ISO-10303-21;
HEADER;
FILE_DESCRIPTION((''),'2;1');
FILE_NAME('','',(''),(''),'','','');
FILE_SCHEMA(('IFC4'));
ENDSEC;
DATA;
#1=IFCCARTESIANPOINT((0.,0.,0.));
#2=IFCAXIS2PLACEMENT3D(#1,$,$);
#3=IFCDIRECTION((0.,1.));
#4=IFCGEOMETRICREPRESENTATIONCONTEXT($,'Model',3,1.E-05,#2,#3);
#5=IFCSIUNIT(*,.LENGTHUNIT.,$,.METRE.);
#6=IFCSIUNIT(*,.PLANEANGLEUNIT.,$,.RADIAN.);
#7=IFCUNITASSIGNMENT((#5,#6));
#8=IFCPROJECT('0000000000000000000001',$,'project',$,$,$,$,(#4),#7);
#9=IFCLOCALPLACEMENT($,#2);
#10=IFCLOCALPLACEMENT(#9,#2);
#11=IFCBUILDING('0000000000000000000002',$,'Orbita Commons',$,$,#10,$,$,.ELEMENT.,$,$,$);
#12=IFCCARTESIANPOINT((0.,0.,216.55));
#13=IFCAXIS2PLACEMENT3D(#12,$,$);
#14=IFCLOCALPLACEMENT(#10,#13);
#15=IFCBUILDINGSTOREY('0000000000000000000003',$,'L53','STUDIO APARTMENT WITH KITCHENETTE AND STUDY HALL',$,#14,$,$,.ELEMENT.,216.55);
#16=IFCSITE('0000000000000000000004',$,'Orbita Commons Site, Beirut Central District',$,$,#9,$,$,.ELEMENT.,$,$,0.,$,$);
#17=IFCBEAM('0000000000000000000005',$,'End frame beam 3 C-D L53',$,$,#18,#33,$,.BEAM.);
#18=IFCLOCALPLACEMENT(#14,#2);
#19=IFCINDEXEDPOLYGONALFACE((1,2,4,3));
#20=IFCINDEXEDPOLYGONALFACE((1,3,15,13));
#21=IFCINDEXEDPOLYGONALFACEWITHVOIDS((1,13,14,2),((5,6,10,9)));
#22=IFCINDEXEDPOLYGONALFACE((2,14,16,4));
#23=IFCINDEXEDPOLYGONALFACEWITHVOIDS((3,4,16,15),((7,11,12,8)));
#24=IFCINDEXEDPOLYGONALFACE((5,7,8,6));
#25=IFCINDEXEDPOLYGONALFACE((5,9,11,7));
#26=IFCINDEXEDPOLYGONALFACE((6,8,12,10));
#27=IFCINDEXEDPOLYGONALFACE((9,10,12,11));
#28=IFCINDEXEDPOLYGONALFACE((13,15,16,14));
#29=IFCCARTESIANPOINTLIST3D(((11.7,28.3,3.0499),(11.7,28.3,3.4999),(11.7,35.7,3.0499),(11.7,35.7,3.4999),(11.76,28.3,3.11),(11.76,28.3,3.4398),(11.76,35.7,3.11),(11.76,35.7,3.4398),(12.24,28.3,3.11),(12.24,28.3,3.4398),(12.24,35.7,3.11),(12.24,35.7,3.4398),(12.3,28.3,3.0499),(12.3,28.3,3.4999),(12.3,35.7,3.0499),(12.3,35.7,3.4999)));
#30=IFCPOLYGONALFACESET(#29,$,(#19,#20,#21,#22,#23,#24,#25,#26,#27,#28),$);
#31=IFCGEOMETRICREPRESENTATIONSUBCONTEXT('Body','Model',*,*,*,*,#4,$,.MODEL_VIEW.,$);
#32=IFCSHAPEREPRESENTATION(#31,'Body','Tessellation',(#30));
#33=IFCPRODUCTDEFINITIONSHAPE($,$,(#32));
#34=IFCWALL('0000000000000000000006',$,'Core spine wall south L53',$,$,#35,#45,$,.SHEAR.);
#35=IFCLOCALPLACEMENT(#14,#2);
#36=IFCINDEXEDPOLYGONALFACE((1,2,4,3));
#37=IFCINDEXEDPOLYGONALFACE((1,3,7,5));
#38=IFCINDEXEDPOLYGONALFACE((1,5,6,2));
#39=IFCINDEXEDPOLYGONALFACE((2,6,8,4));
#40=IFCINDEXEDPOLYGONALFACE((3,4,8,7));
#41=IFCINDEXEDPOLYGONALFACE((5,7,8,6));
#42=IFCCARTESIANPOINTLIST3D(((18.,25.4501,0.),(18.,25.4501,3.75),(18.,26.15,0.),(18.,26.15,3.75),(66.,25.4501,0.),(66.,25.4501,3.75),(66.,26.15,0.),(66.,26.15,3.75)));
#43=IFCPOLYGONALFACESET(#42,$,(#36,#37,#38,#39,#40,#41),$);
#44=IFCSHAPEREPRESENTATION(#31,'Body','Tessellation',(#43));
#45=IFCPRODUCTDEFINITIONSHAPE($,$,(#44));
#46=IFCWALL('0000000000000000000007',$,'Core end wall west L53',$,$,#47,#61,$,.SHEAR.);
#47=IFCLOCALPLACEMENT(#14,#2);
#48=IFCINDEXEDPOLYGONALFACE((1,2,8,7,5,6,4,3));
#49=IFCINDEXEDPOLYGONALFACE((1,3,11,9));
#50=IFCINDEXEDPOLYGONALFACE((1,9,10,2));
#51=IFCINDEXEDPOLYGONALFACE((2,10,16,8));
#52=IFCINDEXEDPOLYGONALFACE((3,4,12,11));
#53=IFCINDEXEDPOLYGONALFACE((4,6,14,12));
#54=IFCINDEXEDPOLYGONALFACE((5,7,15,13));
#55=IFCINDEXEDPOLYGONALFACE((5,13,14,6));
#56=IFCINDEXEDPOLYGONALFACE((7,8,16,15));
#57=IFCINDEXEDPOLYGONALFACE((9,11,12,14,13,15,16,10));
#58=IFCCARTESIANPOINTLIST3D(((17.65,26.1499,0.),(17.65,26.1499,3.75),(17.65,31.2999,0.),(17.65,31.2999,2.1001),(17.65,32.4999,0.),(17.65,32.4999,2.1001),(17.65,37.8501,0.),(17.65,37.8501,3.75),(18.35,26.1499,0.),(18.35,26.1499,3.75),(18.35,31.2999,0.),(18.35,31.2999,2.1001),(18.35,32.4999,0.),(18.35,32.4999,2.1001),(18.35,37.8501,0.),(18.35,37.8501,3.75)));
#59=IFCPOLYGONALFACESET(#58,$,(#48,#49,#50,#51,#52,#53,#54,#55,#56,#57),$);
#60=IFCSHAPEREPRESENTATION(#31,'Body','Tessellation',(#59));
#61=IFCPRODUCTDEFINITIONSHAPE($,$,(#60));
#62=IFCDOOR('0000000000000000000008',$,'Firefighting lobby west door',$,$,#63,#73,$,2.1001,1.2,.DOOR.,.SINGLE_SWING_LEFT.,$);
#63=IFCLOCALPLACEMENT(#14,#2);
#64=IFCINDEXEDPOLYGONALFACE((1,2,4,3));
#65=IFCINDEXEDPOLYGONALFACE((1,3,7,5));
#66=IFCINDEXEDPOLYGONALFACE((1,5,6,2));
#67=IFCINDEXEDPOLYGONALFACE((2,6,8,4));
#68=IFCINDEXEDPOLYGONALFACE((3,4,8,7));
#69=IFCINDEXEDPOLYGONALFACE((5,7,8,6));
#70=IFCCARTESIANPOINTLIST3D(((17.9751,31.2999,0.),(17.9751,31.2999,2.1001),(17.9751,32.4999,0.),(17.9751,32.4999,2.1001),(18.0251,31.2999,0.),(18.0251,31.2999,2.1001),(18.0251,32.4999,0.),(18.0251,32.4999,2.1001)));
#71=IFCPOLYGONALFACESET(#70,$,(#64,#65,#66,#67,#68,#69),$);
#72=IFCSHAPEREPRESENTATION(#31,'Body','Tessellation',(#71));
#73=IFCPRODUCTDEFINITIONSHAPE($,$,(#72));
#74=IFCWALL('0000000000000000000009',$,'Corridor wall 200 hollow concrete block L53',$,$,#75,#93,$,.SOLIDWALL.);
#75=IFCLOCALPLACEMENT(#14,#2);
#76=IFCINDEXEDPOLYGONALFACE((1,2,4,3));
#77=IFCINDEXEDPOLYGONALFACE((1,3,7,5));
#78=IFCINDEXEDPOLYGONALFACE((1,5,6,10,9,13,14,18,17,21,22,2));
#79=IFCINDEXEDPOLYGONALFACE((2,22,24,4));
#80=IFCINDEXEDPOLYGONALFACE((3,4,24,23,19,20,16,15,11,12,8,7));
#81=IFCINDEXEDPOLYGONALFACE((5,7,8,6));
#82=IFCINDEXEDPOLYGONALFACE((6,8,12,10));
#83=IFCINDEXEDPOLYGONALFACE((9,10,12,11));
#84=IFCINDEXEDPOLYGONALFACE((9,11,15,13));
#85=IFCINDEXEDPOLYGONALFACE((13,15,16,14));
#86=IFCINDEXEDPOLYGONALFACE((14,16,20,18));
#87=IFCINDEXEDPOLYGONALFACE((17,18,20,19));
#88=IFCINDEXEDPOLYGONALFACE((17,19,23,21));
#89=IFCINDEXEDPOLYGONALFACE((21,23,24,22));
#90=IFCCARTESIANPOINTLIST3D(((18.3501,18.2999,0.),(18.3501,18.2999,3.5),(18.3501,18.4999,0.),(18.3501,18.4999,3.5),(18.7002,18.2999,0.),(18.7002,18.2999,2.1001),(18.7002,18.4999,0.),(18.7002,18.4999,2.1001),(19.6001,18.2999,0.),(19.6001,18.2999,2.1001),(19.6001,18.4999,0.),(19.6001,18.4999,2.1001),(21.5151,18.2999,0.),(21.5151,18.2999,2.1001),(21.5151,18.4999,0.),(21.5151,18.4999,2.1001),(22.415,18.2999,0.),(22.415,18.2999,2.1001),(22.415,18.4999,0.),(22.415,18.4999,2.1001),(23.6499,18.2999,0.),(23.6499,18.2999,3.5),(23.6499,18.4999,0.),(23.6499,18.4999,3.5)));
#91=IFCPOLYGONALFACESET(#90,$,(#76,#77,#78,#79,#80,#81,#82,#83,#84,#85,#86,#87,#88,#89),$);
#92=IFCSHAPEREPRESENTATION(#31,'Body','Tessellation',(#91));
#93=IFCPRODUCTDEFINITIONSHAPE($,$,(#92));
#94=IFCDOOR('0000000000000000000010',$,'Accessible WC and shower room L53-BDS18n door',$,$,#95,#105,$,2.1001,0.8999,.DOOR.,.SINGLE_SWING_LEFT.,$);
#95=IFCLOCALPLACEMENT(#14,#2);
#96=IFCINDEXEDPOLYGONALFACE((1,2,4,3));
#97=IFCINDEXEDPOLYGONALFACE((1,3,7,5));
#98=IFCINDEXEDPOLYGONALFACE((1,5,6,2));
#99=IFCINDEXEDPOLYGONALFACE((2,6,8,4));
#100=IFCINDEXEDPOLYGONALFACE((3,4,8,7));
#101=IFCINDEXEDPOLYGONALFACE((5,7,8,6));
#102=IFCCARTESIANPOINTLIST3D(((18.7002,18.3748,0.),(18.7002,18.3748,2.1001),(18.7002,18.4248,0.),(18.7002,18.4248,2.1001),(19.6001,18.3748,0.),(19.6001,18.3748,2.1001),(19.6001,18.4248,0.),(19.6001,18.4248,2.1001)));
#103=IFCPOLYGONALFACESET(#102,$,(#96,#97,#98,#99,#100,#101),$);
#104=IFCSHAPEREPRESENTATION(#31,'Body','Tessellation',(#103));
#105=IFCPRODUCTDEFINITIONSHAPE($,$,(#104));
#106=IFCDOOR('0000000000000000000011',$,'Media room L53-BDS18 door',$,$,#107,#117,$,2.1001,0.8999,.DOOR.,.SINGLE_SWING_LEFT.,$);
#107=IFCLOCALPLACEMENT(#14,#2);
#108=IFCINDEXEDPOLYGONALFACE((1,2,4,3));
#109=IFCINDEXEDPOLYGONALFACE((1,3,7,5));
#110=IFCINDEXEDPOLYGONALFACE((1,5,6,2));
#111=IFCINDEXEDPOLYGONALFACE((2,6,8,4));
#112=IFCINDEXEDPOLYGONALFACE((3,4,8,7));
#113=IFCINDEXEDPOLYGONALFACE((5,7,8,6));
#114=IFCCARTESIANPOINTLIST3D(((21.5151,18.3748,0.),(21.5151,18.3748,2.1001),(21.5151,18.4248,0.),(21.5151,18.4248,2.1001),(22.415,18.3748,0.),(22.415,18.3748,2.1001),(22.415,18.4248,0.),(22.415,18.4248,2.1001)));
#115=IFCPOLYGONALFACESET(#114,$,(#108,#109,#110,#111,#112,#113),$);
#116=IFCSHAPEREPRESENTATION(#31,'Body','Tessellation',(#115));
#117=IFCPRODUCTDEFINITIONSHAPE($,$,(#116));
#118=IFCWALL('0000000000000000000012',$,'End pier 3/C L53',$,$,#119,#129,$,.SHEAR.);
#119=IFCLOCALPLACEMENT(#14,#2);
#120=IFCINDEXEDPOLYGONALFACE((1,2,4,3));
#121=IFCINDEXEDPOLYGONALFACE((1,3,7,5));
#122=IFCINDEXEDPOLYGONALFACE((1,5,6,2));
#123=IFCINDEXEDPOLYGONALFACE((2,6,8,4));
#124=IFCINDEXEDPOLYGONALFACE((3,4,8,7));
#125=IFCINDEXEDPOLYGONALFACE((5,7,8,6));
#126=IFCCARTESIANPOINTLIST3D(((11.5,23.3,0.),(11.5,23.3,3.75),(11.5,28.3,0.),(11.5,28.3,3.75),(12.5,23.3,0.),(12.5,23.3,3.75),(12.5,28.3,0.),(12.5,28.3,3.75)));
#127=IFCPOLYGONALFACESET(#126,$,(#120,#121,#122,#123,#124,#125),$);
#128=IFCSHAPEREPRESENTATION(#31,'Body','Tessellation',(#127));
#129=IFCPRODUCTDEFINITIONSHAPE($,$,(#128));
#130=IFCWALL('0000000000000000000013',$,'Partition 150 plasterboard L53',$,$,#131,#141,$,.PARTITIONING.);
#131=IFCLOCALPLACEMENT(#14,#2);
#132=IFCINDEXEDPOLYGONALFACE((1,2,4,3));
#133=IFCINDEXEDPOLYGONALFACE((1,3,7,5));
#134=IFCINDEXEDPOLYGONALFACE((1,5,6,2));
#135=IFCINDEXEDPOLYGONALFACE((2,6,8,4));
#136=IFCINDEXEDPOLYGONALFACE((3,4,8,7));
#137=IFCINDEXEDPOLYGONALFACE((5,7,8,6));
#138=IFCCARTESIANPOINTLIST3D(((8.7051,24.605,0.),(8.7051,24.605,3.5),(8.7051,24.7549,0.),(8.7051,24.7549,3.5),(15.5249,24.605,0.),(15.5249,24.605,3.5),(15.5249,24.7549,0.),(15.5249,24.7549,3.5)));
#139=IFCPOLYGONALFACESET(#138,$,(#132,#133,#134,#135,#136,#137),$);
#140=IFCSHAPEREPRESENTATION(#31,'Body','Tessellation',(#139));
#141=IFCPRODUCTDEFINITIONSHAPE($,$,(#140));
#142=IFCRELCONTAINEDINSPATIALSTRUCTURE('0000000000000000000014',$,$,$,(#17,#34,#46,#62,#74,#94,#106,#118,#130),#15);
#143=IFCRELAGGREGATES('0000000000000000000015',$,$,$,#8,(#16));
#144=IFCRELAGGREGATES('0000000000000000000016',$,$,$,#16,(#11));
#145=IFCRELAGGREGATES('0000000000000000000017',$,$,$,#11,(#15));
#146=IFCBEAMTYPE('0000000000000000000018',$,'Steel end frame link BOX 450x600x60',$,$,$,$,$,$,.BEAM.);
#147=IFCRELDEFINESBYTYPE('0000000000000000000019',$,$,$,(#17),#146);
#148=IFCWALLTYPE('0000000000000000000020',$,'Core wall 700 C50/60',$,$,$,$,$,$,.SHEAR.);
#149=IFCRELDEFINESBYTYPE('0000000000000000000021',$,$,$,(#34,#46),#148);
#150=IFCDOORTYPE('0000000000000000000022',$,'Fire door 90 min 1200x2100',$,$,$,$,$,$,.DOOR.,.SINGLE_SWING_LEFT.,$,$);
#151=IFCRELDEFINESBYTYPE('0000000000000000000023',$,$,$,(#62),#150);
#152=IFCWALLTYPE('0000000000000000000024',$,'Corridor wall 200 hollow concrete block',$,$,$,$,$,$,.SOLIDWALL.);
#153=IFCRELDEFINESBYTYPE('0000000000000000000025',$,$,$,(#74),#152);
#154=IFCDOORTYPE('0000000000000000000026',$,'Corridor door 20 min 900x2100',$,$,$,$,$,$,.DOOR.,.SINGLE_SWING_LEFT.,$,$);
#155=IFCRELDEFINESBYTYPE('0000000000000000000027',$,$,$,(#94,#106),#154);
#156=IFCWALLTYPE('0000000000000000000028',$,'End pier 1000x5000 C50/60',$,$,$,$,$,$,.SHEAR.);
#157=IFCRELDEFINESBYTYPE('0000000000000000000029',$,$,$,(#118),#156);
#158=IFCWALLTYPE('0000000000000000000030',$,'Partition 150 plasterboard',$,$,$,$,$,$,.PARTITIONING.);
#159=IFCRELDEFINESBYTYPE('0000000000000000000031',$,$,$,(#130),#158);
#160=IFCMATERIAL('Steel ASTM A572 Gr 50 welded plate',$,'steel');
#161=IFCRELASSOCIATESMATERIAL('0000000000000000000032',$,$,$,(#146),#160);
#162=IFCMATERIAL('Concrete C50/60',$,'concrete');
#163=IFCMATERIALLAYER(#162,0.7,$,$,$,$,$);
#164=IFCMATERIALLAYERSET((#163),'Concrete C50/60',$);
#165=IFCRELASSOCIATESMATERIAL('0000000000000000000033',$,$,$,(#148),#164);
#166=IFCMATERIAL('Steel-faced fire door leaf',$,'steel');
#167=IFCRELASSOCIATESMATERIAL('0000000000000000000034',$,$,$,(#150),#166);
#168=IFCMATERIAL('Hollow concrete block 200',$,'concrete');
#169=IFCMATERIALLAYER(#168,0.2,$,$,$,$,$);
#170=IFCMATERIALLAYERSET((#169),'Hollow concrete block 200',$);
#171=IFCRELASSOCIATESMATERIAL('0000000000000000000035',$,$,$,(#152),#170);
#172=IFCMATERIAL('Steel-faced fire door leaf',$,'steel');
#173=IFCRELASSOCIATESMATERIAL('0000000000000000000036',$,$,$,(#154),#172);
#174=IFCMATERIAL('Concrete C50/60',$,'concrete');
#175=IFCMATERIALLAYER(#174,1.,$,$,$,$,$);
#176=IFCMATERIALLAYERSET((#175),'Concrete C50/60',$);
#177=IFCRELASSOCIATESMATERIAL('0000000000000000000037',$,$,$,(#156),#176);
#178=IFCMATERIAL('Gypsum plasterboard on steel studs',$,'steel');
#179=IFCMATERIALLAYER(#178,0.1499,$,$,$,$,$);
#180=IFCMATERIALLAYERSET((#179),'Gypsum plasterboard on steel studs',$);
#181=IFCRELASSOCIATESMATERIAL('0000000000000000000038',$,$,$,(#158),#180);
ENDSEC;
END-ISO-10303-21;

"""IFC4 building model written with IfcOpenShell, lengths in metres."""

from ifc_helpers import new_model, si_unit, direction, frame, frame_2d, origin, origin_2d, place, context, subcontext, project, spatial, rectangle, hollow_rectangle, extrude, material, layer, layer_set, material_profile, profile_set, type_object, element, fill, save


model = new_model("IFC4")

# Units and contexts
model_context = context("Model", 3, precision=1e-05, world=origin(), true_north=direction((0.0, 1.0)))
body_context = subcontext(model_context, "Body", "Model", "MODEL_VIEW")
ifc_project = project(units=[si_unit("LENGTHUNIT", "METRE"), si_unit("PLANEANGLEUNIT", "RADIAN")], contexts=[model_context])

# Site, building, storey
site_placement = place(None, origin())
site = spatial("IfcSite", under=ifc_project, at=site_placement, Name="Orbita Commons Site, Beirut Central District", CompositionType="ELEMENT", RefElevation=0.0)
building_placement = place(site_placement, origin())
building = spatial("IfcBuilding", under=site, at=building_placement, Name="Orbita Commons", CompositionType="ELEMENT")
storey_placement = place(building_placement, frame((0.0, 0.0, 216.55)))
storey = spatial("IfcBuildingStorey", under=building, at=storey_placement, Name="L53", Description="STUDIO APARTMENT WITH KITCHENETTE AND STUDY HALL", CompositionType="ELEMENT", Elevation=216.55)

# Beam
ifc_material_1 = material(Name="Steel ASTM A572 Gr 50 welded plate", Category="steel")
ifc_material_profile = material_profile(ifc_material_1, hollow_rectangle(XDim=0.6001, YDim=0.45, WallThickness=0.0601, at=origin_2d()), Name="BOX 450x600x60")
ifc_profile_set = profile_set([ifc_material_profile], Name="Steel ASTM A572 Gr 50 welded plate")
beam_type = type_object("IfcBeamType", Name="Steel end frame link BOX 450x600x60", PredefinedType="BEAM", material=ifc_profile_set)
beam_placement = place(storey_placement, frame((12.0, 28.3, 3.2749), z_axis=(0.0, 1.0, 0.0), x_axis=(-1.0, 0.0, 0.0)))
element("IfcBeam", 1, at=beam_placement, inside=storey, type_object=beam_type, Name="End frame beam 3 C-D L53", PredefinedType="BEAM", context=body_context, shape_type="SweptSolid", body=[
    extrude(hollow_rectangle(XDim=0.6001, YDim=0.45, WallThickness=0.0601, at=origin_2d()), origin(), (0.0, 0.0, 1.0), 7.3999),
])

# Wall
ifc_material_2 = material(Name="Concrete C50/60", Category="concrete")
ifc_layer_1 = layer(ifc_material_2, 0.7)
ifc_layer_set_1 = layer_set([ifc_layer_1], Name="Concrete C50/60")
wall_type_1 = type_object("IfcWallType", Name="Core wall 700 C50/60", PredefinedType="SHEAR", material=ifc_layer_set_1)
wall_1_placement = place(storey_placement, frame((18.0, 25.8, 0.0), z_axis=(0.0, 0.0, 1.0), x_axis=(1.0, 0.0, 0.0)))
element("IfcWall", 2, at=wall_1_placement, inside=storey, type_object=wall_type_1, Name="Core spine wall south L53", PredefinedType="SHEAR", context=body_context, shape_type="SweptSolid", body=[
    extrude(rectangle(XDim=48.0, YDim=0.7, at=frame_2d((24.0, 0.0))), origin(), (0.0, 0.0, 1.0), 3.75),
])

# Wall, opening, door
wall_2_placement = place(storey_placement, frame((18.0, 26.1499, 0.0), z_axis=(0.0, 0.0, 1.0), x_axis=(0.0, 1.0, 0.0)))
wall_2 = element("IfcWall", 3, at=wall_2_placement, inside=storey, type_object=wall_type_1, Name="Core end wall west L53", PredefinedType="SHEAR", context=body_context, shape_type="SweptSolid", body=[
    extrude(rectangle(XDim=11.7002, YDim=0.7, at=frame_2d((5.8501, 0.0))), origin(), (0.0, 0.0, 1.0), 3.75),
])
opening_1_placement = place(wall_2_placement, frame((5.1499, 0.0, 0.0)))
opening_1 = element("IfcOpeningElement", 4, at=opening_1_placement, cuts=wall_2, PredefinedType="OPENING", context=body_context, shape_type="SweptSolid", body=[
    extrude(rectangle(XDim=1.2, YDim=2.1001, at=frame_2d((0.6001, 1.05))), frame((0.0, 0.3599, 0.0), z_axis=(0.0, -1.0, 0.0), x_axis=(1.0, 0.0, 0.0)), (0.0, 0.0, 1.0), 0.72),
])
ifc_material_3 = material(Name="Steel-faced fire door leaf", Category="steel")
door_type_1 = type_object("IfcDoorType", Name="Fire door 90 min 1200x2100", OperationType="SINGLE_SWING_LEFT", PredefinedType="DOOR", material=ifc_material_3)
door_1_placement = place(opening_1_placement, origin())
door_1 = element("IfcDoor", 5, at=door_1_placement, inside=storey, type_object=door_type_1, Name="Firefighting lobby west door", OperationType="SINGLE_SWING_LEFT", OverallHeight=2.1001, OverallWidth=1.2, PredefinedType="DOOR", context=body_context, shape_type="SweptSolid", body=[
    extrude(rectangle(XDim=1.2, YDim=2.1001, at=frame_2d((0.6001, 1.05))), frame((0.0, 0.0249, 0.0), z_axis=(0.0, -1.0, 0.0), x_axis=(1.0, 0.0, 0.0)), (0.0, 0.0, 1.0), 0.05),
])
fill(opening_1, door_1)

# Wall, openings, doors
ifc_material_4 = material(Name="Hollow concrete block 200", Category="concrete")
ifc_layer_2 = layer(ifc_material_4, 0.2)
ifc_layer_set_2 = layer_set([ifc_layer_2], Name="Hollow concrete block 200")
wall_type_2 = type_object("IfcWallType", Name="Corridor wall 200 hollow concrete block", PredefinedType="SOLIDWALL", material=ifc_layer_set_2)
wall_3_placement = place(storey_placement, frame((18.3501, 18.3999, 0.0), z_axis=(0.0, 0.0, 1.0), x_axis=(1.0, 0.0, 0.0)))
wall_3 = element("IfcWall", 6, at=wall_3_placement, inside=storey, type_object=wall_type_2, Name="Corridor wall 200 hollow concrete block L53", PredefinedType="SOLIDWALL", context=body_context, shape_type="SweptSolid", body=[
    extrude(rectangle(XDim=5.2998, YDim=0.2, at=frame_2d((2.6499, 0.0))), origin(), (0.0, 0.0, 1.0), 3.5),
])
opening_2_placement = place(wall_3_placement, frame((0.3501, 0.0, 0.0)))
opening_2 = element("IfcOpeningElement", 7, at=opening_2_placement, cuts=wall_3, PredefinedType="OPENING", context=body_context, shape_type="SweptSolid", body=[
    extrude(rectangle(XDim=0.8999, YDim=2.1001, at=frame_2d((0.45, 1.05))), frame((0.0, 0.1099, 0.0), z_axis=(0.0, -1.0, 0.0), x_axis=(1.0, 0.0, 0.0)), (0.0, 0.0, 1.0), 0.22),
])
opening_3_placement = place(wall_3_placement, frame((3.165, 0.0, 0.0)))
opening_3 = element("IfcOpeningElement", 8, at=opening_3_placement, cuts=wall_3, PredefinedType="OPENING", context=body_context, shape_type="SweptSolid", body=[
    extrude(rectangle(XDim=0.8999, YDim=2.1001, at=frame_2d((0.45, 1.05))), frame((0.0, 0.1099, 0.0), z_axis=(0.0, -1.0, 0.0), x_axis=(1.0, 0.0, 0.0)), (0.0, 0.0, 1.0), 0.22),
])
ifc_material_5 = material(Name="Steel-faced fire door leaf", Category="steel")
door_type_2 = type_object("IfcDoorType", Name="Corridor door 20 min 900x2100", OperationType="SINGLE_SWING_LEFT", PredefinedType="DOOR", material=ifc_material_5)
door_2_placement = place(opening_2_placement, origin())
door_2 = element("IfcDoor", 9, at=door_2_placement, inside=storey, type_object=door_type_2, Name="Accessible WC and shower room L53-BDS18n door", OperationType="SINGLE_SWING_LEFT", OverallHeight=2.1001, OverallWidth=0.8999, PredefinedType="DOOR", context=body_context, shape_type="SweptSolid", body=[
    extrude(rectangle(XDim=0.8999, YDim=2.1001, at=frame_2d((0.45, 1.05))), frame((0.0, 0.0249, 0.0), z_axis=(0.0, -1.0, 0.0), x_axis=(1.0, 0.0, 0.0)), (0.0, 0.0, 1.0), 0.05),
])
fill(opening_2, door_2)
door_3_placement = place(opening_3_placement, origin())
door_3 = element("IfcDoor", 10, at=door_3_placement, inside=storey, type_object=door_type_2, Name="Media room L53-BDS18 door", OperationType="SINGLE_SWING_LEFT", OverallHeight=2.1001, OverallWidth=0.8999, PredefinedType="DOOR", context=body_context, shape_type="SweptSolid", body=[
    extrude(rectangle(XDim=0.8999, YDim=2.1001, at=frame_2d((0.45, 1.05))), frame((0.0, 0.0249, 0.0), z_axis=(0.0, -1.0, 0.0), x_axis=(1.0, 0.0, 0.0)), (0.0, 0.0, 1.0), 0.05),
])
fill(opening_3, door_3)

# Walls
ifc_material_6 = material(Name="Concrete C50/60", Category="concrete")
ifc_layer_3 = layer(ifc_material_6, 1.0)
ifc_layer_set_3 = layer_set([ifc_layer_3], Name="Concrete C50/60")
wall_type_3 = type_object("IfcWallType", Name="End pier 1000x5000 C50/60", PredefinedType="SHEAR", material=ifc_layer_set_3)
wall_4_placement = place(storey_placement, frame((12.0, 23.3, 0.0), z_axis=(0.0, 0.0, 1.0), x_axis=(0.0, 1.0, 0.0)))
element("IfcWall", 11, at=wall_4_placement, inside=storey, type_object=wall_type_3, Name="End pier 3/C L53", PredefinedType="SHEAR", context=body_context, shape_type="SweptSolid", body=[
    extrude(rectangle(XDim=5.0, YDim=1.0, at=frame_2d((2.5, 0.0))), origin(), (0.0, 0.0, 1.0), 3.75),
])
ifc_material_7 = material(Name="Gypsum plasterboard on steel studs", Category="steel")
ifc_layer_4 = layer(ifc_material_7, 0.1499)
ifc_layer_set_4 = layer_set([ifc_layer_4], Name="Gypsum plasterboard on steel studs")
wall_type_4 = type_object("IfcWallType", Name="Partition 150 plasterboard", PredefinedType="PARTITIONING", material=ifc_layer_set_4)
wall_5_placement = place(storey_placement, frame((8.7051, 24.6799, 0.0), z_axis=(0.0, 0.0, 1.0), x_axis=(1.0, 0.0, 0.0)))
element("IfcWall", 12, at=wall_5_placement, inside=storey, type_object=wall_type_4, Name="Partition 150 plasterboard L53", PredefinedType="PARTITIONING", context=body_context, shape_type="SweptSolid", body=[
    extrude(rectangle(XDim=6.8198, YDim=0.1499, at=frame_2d((3.4099, 0.0))), origin(), (0.0, 0.0, 1.0), 3.5),
])

save(model, "model.ifc")
